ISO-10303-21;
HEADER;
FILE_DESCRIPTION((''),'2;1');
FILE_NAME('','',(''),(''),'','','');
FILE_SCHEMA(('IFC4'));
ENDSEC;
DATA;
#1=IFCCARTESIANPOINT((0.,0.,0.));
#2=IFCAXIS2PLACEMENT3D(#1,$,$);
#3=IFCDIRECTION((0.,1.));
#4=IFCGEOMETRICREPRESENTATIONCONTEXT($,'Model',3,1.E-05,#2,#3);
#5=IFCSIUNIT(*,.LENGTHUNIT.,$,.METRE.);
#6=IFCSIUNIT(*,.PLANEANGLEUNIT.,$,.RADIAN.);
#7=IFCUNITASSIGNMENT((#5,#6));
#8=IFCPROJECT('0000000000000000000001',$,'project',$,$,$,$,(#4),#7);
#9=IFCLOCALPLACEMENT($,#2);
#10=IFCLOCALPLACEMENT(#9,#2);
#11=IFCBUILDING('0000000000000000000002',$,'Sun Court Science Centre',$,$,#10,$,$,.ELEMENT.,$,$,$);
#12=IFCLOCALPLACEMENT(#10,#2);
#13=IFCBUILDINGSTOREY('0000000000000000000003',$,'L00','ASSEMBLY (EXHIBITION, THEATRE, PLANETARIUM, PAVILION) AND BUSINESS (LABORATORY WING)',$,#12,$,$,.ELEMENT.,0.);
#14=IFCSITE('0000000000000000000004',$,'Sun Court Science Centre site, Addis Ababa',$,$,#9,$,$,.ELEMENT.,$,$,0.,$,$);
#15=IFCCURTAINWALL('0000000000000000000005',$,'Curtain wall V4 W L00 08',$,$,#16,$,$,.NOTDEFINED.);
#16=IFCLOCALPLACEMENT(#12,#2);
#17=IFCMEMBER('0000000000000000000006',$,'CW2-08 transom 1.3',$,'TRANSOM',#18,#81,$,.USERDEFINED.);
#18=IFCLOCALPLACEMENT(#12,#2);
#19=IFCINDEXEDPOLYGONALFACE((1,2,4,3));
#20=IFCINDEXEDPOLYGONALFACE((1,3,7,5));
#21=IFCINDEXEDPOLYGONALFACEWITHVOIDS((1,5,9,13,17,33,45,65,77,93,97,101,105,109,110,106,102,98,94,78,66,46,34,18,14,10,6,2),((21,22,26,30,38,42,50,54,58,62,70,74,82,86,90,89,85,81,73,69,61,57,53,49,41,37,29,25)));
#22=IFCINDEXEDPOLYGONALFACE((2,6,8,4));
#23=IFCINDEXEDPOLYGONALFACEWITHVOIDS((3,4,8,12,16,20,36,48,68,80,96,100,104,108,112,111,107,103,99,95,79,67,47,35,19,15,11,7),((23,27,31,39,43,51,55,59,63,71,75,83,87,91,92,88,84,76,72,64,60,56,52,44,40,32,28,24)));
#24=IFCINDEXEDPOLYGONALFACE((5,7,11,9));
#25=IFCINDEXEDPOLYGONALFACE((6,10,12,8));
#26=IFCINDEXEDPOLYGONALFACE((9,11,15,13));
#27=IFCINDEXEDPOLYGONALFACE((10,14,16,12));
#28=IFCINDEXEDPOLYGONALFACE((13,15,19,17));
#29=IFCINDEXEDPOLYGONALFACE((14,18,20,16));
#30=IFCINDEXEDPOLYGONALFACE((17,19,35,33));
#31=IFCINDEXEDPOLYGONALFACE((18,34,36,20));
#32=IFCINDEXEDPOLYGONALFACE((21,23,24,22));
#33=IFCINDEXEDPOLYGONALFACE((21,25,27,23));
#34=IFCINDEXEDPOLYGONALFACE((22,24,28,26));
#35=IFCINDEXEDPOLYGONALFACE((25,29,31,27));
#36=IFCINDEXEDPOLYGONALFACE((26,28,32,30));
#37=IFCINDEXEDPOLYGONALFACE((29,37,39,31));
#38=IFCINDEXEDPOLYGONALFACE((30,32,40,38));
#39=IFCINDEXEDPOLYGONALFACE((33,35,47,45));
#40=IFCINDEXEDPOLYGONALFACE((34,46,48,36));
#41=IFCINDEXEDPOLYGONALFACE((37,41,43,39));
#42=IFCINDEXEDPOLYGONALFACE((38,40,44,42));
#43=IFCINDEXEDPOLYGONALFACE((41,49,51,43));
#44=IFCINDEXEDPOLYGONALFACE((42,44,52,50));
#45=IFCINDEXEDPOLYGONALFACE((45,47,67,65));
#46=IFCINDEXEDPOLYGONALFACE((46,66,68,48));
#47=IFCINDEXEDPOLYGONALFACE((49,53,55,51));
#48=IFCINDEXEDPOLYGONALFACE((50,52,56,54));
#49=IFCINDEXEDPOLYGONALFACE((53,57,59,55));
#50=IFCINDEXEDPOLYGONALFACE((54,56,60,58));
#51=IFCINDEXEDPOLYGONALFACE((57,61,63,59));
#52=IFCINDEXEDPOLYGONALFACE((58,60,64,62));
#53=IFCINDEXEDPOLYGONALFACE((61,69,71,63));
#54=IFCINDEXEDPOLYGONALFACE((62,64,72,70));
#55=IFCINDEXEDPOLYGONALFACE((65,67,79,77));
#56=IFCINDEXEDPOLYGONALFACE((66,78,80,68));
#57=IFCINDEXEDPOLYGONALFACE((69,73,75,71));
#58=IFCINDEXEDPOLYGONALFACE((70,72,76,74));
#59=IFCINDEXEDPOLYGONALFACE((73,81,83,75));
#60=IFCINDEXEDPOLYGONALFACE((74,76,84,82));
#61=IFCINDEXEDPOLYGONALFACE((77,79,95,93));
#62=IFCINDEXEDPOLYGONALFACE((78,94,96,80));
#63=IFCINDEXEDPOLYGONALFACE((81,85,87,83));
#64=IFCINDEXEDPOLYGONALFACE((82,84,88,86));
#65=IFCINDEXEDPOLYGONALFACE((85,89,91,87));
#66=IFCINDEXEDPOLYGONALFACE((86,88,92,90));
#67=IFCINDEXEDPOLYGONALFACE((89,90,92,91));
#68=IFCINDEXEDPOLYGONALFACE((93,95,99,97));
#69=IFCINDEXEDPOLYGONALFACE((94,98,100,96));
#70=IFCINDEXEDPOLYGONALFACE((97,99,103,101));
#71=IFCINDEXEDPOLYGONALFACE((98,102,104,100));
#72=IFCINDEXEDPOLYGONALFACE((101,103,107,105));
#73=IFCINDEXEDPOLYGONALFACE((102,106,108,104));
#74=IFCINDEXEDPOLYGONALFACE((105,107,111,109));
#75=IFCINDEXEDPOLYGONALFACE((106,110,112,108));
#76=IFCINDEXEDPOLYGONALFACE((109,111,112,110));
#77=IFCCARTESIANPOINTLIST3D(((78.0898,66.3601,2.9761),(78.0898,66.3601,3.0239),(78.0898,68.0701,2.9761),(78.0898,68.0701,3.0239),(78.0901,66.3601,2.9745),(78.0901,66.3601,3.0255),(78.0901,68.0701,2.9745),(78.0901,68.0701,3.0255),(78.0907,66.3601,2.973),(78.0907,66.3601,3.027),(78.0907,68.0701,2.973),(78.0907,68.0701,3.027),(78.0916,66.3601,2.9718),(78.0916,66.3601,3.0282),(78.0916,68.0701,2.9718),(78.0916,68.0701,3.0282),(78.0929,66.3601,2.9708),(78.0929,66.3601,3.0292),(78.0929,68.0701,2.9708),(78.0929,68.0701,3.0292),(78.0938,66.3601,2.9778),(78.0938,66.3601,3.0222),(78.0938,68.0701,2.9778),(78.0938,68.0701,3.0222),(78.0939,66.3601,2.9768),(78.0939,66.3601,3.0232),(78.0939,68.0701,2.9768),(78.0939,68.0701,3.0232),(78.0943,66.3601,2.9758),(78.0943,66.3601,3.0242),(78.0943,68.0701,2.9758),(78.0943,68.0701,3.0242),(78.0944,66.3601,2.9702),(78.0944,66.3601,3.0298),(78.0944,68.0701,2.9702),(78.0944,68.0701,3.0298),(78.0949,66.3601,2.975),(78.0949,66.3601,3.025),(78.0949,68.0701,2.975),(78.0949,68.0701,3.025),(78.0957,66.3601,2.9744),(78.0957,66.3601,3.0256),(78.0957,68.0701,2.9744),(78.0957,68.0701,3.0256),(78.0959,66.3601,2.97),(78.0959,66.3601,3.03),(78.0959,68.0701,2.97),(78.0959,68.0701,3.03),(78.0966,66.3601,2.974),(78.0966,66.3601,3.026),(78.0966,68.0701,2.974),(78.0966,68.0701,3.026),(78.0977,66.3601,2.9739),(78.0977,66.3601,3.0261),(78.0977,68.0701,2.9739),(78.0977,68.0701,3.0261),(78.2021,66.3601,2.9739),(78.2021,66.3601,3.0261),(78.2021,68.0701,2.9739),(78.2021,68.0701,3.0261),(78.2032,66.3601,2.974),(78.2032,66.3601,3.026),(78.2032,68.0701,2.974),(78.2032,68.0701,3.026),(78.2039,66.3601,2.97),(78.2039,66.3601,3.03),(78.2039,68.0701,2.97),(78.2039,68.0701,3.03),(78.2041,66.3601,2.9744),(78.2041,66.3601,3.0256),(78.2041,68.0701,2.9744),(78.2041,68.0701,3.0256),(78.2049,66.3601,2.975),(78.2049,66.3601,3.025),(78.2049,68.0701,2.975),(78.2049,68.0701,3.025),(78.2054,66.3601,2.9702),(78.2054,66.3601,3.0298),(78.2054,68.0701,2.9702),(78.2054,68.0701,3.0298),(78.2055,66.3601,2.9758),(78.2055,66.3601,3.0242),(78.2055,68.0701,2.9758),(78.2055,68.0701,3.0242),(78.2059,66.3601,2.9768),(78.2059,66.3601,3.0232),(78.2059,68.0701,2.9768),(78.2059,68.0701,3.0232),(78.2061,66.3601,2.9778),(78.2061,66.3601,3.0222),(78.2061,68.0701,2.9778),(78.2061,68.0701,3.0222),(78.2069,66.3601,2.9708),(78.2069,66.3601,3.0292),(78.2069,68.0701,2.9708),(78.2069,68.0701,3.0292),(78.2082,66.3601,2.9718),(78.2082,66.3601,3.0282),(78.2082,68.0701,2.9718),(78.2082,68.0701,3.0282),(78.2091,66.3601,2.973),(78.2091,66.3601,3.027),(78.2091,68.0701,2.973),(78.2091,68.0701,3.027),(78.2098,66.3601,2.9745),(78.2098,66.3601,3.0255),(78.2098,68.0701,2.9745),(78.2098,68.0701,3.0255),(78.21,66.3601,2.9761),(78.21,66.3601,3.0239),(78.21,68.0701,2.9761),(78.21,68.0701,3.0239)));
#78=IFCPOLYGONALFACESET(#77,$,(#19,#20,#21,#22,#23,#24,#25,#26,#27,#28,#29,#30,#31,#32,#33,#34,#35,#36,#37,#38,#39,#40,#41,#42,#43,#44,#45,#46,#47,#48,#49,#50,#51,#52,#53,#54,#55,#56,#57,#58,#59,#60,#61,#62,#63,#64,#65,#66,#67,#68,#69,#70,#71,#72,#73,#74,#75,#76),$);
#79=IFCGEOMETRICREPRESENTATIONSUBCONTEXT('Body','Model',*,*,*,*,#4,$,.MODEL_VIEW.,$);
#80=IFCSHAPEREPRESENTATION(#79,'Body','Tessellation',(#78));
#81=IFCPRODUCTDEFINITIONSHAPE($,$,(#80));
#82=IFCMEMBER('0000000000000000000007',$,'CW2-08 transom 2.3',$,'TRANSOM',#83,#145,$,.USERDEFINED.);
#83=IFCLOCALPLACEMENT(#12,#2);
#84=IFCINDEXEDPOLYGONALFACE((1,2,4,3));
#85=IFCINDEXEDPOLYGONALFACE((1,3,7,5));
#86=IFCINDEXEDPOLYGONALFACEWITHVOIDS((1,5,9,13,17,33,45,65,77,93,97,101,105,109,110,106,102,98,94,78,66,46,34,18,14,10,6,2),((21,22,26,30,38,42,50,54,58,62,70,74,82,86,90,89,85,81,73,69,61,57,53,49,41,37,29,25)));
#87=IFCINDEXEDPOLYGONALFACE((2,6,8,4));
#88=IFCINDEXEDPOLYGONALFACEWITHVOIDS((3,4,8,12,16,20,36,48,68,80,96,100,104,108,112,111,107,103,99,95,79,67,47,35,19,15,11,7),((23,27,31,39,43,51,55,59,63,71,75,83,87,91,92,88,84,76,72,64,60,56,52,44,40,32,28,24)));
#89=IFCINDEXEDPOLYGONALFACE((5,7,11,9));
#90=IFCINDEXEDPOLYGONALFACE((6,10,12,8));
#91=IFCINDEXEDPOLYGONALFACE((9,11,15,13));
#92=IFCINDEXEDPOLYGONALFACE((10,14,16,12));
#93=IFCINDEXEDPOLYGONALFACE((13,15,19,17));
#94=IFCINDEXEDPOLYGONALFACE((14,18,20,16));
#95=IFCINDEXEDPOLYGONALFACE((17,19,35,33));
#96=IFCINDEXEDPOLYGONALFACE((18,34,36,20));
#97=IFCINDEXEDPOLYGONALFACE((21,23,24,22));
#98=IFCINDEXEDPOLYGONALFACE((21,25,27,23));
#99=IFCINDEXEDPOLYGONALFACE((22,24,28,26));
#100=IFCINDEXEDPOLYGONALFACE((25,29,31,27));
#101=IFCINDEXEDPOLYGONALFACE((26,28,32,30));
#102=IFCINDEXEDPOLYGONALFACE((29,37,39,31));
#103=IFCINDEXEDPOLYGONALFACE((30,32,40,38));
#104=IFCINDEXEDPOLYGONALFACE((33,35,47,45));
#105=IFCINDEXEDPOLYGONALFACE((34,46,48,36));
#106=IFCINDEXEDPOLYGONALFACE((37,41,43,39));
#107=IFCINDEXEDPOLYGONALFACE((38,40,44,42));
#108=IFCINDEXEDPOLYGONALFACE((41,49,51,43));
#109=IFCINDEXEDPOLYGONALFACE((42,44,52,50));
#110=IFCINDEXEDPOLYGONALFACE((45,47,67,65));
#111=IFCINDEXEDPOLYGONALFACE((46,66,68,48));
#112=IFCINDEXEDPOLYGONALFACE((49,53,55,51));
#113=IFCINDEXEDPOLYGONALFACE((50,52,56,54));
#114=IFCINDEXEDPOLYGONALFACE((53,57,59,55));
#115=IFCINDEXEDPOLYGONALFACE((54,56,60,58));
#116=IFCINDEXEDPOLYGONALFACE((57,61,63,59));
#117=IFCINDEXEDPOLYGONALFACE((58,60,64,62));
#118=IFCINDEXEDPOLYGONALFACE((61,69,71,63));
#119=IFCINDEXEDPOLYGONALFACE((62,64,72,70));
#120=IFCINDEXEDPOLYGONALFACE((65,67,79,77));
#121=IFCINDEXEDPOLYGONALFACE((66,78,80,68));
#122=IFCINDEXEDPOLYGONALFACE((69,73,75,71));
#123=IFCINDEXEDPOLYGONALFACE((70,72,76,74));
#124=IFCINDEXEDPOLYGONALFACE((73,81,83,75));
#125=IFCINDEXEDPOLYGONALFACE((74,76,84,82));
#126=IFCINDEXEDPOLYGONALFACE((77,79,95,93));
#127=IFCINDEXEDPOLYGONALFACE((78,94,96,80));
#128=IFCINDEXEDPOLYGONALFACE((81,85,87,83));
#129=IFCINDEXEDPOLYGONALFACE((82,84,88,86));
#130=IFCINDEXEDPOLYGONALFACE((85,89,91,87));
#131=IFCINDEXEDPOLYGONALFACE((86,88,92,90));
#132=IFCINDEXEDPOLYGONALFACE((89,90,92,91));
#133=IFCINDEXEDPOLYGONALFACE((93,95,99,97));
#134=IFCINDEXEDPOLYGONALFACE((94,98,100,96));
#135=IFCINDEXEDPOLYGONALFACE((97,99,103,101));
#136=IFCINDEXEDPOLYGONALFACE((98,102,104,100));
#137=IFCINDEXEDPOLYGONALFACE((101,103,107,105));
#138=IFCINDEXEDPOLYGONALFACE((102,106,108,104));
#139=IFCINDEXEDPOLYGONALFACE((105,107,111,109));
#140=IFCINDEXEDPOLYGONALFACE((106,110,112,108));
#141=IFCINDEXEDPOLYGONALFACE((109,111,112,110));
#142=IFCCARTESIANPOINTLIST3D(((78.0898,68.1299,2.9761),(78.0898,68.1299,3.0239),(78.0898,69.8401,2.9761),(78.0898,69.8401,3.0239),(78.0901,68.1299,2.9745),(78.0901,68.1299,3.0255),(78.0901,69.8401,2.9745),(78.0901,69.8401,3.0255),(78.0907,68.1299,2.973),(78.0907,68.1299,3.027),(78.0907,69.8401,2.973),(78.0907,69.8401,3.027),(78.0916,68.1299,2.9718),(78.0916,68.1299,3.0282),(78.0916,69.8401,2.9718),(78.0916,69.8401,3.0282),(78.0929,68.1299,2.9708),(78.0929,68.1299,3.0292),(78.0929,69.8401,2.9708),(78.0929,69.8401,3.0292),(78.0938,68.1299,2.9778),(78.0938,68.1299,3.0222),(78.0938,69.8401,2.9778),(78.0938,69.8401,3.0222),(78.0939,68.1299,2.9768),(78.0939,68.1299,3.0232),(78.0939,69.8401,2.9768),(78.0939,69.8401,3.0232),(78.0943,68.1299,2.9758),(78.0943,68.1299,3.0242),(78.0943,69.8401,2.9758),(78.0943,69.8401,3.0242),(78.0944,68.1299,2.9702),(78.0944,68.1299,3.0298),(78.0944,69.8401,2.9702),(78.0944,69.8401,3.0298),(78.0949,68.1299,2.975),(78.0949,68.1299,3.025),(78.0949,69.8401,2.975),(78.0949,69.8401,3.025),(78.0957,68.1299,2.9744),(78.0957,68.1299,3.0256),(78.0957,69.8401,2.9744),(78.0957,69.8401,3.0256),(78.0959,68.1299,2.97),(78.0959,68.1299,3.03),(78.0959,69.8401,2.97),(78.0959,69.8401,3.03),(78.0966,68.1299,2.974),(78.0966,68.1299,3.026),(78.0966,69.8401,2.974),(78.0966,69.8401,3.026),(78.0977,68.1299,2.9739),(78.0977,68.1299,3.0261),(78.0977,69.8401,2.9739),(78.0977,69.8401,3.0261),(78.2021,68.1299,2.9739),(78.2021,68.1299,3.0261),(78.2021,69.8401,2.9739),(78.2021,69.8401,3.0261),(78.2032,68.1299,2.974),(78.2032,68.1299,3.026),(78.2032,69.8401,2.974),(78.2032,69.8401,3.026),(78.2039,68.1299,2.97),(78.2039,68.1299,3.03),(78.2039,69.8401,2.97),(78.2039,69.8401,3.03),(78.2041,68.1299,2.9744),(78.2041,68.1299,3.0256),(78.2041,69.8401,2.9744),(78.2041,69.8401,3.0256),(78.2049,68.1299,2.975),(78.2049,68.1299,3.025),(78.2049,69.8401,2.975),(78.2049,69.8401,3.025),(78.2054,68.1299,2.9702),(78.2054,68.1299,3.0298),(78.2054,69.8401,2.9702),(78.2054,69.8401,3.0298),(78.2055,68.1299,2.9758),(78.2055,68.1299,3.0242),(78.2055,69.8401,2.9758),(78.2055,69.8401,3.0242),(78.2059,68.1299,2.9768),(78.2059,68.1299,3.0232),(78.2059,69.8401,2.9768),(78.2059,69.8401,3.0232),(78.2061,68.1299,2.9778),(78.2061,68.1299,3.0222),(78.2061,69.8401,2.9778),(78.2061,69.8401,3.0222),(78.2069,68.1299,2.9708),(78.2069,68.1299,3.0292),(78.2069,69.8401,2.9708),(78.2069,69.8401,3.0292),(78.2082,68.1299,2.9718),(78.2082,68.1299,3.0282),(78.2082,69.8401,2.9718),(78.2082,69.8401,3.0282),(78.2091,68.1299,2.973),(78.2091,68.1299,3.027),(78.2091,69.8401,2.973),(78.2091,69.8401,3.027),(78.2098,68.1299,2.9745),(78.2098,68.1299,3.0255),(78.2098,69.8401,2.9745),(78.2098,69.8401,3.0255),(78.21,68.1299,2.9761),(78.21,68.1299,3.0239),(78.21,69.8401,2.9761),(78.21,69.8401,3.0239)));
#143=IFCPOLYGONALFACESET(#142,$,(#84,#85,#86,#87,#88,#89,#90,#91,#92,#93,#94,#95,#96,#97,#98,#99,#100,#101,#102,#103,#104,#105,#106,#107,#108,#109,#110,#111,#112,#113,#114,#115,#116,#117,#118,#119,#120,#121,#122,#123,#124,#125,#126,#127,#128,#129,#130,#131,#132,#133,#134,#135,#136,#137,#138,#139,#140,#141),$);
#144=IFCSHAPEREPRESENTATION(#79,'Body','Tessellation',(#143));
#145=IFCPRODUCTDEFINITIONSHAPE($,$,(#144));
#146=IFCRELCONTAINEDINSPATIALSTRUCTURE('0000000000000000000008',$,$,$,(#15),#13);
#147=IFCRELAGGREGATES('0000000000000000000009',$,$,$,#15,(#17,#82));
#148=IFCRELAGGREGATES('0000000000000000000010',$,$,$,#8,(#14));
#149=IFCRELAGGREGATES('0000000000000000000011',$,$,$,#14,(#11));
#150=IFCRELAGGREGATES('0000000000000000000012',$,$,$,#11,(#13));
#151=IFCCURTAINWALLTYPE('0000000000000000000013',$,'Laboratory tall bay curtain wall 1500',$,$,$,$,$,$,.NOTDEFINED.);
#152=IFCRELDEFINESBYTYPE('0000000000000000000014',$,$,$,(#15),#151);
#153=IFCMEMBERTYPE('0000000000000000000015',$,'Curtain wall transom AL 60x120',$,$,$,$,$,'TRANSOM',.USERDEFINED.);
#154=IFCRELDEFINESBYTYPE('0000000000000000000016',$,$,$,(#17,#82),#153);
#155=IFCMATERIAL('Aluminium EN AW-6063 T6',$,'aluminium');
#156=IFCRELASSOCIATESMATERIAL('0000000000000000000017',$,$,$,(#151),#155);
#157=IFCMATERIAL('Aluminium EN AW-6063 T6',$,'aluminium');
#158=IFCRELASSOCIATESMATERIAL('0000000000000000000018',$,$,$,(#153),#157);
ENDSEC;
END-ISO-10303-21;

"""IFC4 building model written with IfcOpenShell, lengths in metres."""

from ifc_helpers import new_model, si_unit, direction, frame, origin, origin_2d, place, context, subcontext, project, spatial, hollow_rectangle, extrude, material, material_profile, profile_set, type_object, element, aggregate, save


model = new_model("IFC4")

# Units and contexts
model_context = context("Model", 3, precision=1e-05, world=origin(), true_north=direction((0.0, 1.0)))
body_context = subcontext(model_context, "Body", "Model", "MODEL_VIEW")
ifc_project = project(units=[si_unit("LENGTHUNIT", "METRE"), si_unit("PLANEANGLEUNIT", "RADIAN")], contexts=[model_context])

# Site, building, storey
site_placement = place(None, origin())
site = spatial("IfcSite", under=ifc_project, at=site_placement, Name="Sun Court Science Centre site, Addis Ababa", CompositionType="ELEMENT", RefElevation=0.0)
building_placement = place(site_placement, origin())
building = spatial("IfcBuilding", under=site, at=building_placement, Name="Sun Court Science Centre", CompositionType="ELEMENT")
storey_placement = place(building_placement, origin())
storey = spatial("IfcBuildingStorey", under=building, at=storey_placement, Name="L00", Description="ASSEMBLY (EXHIBITION, THEATRE, PLANETARIUM, PAVILION) AND BUSINESS (LABORATORY WING)", CompositionType="ELEMENT", Elevation=0.0)

# Curtain wall
ifc_material_1 = material(Name="Aluminium EN AW-6063 T6", Category="aluminium")
curtain_wall_type = type_object("IfcCurtainWallType", Name="Laboratory tall bay curtain wall 1500", PredefinedType="NOTDEFINED", material=ifc_material_1)
curtain_wall_1_placement = place(storey_placement, origin())
curtain_wall_1 = element("IfcCurtainWall", 1, at=curtain_wall_1_placement, inside=storey, type_object=curtain_wall_type, Name="Curtain wall V4 W L00 08", PredefinedType="NOTDEFINED")

# Members
ifc_material_2 = material(Name="Aluminium EN AW-6063 T6", Category="aluminium")
ifc_material_profile_1 = material_profile(ifc_material_2, hollow_rectangle(XDim=0.0601, YDim=0.1201, WallThickness=0.0039, InnerFilletRadius=0.0039, OuterFilletRadius=0.0061, at=origin_2d()), Name="AL 60x120x4")
ifc_profile_set_1 = profile_set([ifc_material_profile_1], Name="Aluminium EN AW-6063 T6")
member_type_1 = type_object("IfcMemberType", Name="Curtain wall transom AL 60x120", ElementType="TRANSOM", PredefinedType="USERDEFINED", material=ifc_profile_set_1)
member_1_placement = place(storey_placement, frame((78.1499, 66.3601, 3.0), z_axis=(0.0, 1.0, 0.0), x_axis=(0.0, 0.0, 1.0)))
member_1 = element("IfcMember", 2, at=member_1_placement, type_object=member_type_1, Name="CW2-08 transom 1.3", ObjectType="TRANSOM", PredefinedType="USERDEFINED", context=body_context, shape_type="SweptSolid", body=[
    extrude(hollow_rectangle(XDim=0.0601, YDim=0.1201, WallThickness=0.0039, InnerFilletRadius=0.0039, OuterFilletRadius=0.0061, at=origin_2d()), origin(), (0.0, 0.0, 1.0), 1.71),
])
member_2_placement = place(storey_placement, frame((78.1499, 68.1299, 3.0), z_axis=(0.0, 1.0, 0.0), x_axis=(0.0, 0.0, 1.0)))
member_2 = element("IfcMember", 3, at=member_2_placement, type_object=member_type_1, Name="CW2-08 transom 2.3", ObjectType="TRANSOM", PredefinedType="USERDEFINED", context=body_context, shape_type="SweptSolid", body=[
    extrude(hollow_rectangle(XDim=0.0601, YDim=0.1201, WallThickness=0.0039, InnerFilletRadius=0.0039, OuterFilletRadius=0.0061, at=origin_2d()), origin(), (0.0, 0.0, 1.0), 1.7102),
])

aggregate(curtain_wall_1, [member_1, member_2])

save(model, "model.ifc")
